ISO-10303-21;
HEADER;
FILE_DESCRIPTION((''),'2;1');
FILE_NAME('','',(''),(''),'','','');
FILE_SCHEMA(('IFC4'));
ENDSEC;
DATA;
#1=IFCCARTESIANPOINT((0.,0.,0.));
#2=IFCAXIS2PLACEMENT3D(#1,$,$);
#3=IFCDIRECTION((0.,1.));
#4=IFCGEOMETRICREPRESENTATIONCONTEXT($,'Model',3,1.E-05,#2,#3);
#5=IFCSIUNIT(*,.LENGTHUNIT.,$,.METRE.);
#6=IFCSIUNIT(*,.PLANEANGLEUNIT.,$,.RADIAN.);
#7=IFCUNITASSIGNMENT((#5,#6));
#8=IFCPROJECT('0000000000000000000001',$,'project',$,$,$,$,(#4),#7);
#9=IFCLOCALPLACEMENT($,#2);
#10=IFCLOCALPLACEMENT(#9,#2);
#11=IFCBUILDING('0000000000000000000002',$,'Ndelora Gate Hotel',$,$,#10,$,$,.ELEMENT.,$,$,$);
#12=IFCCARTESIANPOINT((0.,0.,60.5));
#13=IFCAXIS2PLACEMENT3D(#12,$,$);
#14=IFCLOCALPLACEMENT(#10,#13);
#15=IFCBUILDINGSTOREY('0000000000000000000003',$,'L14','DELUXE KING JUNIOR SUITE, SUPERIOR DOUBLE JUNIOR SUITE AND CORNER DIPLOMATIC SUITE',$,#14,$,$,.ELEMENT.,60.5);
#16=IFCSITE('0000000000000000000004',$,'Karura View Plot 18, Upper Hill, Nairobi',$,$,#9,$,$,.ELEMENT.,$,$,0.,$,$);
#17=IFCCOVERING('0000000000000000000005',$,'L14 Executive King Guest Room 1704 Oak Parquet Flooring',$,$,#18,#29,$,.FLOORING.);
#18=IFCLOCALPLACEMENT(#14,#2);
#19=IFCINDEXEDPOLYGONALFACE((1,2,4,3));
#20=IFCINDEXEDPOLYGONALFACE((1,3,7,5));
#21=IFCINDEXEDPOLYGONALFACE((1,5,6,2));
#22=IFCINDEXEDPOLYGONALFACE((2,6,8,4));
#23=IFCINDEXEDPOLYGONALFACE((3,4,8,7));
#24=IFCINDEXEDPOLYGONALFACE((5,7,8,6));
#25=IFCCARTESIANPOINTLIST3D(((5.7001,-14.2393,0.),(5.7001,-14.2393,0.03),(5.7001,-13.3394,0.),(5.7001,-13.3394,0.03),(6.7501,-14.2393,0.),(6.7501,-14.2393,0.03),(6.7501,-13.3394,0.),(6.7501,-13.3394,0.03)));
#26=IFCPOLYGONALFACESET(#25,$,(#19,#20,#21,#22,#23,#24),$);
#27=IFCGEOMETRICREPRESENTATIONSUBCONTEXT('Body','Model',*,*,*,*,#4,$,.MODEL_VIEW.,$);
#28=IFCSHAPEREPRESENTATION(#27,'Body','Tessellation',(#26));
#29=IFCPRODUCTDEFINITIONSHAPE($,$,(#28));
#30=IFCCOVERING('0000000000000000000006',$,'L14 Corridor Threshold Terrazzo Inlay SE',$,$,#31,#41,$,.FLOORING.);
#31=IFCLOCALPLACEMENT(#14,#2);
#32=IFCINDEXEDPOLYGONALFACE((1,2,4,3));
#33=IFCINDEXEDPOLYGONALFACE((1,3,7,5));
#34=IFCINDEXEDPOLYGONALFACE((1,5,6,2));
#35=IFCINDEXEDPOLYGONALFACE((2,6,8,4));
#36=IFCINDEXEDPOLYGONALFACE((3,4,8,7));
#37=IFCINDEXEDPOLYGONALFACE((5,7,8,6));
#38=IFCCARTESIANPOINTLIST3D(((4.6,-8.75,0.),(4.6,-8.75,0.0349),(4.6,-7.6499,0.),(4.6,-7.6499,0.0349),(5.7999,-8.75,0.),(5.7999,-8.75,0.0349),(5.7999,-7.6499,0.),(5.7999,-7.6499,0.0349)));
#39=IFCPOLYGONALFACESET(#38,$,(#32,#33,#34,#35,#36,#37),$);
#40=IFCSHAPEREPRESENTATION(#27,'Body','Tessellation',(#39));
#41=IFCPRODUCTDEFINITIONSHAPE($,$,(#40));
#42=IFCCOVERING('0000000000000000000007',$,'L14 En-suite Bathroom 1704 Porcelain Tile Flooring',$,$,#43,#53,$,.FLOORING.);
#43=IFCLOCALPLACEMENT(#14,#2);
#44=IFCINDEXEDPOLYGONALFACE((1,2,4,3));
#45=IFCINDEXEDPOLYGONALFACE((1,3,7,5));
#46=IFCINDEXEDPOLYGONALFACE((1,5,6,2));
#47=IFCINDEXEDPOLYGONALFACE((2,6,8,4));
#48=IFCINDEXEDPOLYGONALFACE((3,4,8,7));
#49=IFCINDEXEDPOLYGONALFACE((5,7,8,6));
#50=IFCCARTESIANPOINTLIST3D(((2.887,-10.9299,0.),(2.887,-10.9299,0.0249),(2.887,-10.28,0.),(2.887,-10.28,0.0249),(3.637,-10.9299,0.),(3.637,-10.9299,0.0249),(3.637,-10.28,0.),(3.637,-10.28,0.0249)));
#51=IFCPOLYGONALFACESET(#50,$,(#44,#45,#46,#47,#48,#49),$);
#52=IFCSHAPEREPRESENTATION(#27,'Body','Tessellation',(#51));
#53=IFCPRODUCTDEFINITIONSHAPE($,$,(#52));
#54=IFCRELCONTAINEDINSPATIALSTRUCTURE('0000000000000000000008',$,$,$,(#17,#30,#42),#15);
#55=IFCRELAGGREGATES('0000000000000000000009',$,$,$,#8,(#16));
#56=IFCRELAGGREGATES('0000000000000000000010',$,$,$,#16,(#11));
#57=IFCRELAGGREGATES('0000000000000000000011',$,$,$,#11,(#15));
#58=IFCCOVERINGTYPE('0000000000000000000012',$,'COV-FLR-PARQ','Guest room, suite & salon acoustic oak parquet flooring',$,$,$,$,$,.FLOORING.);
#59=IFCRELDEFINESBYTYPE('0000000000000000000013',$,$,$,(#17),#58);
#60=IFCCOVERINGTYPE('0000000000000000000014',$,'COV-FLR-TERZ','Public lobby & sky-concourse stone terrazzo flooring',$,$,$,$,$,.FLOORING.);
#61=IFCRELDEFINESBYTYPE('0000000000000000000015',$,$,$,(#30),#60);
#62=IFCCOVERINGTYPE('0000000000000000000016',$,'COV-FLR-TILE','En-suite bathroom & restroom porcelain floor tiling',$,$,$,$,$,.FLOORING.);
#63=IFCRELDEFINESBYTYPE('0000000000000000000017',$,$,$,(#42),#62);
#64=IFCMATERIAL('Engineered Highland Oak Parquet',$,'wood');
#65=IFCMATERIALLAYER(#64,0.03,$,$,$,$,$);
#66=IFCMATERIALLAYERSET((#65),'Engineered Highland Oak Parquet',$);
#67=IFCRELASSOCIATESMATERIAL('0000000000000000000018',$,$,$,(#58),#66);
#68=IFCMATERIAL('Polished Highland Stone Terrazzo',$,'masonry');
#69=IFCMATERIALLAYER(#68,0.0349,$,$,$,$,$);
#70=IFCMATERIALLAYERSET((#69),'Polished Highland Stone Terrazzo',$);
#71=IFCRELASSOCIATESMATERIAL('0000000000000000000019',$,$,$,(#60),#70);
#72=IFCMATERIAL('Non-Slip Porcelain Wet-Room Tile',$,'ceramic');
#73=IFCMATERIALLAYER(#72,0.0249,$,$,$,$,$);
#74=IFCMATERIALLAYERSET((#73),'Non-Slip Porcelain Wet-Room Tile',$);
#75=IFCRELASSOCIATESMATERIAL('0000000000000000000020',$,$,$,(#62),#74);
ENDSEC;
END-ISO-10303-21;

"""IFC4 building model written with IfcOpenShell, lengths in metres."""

from ifc_helpers import new_model, si_unit, direction, frame, origin, origin_2d, place, context, subcontext, project, spatial, rectangle, extrude, material, layer, layer_set, type_object, element, save


model = new_model("IFC4")

# Units and contexts
model_context = context("Model", 3, precision=1e-05, world=origin(), true_north=direction((0.0, 1.0)))
body_context = subcontext(model_context, "Body", "Model", "MODEL_VIEW")
ifc_project = project(units=[si_unit("LENGTHUNIT", "METRE"), si_unit("PLANEANGLEUNIT", "RADIAN")], contexts=[model_context])

# Site, building, storey
site_placement = place(None, origin())
site = spatial("IfcSite", under=ifc_project, at=site_placement, Name="Karura View Plot 18, Upper Hill, Nairobi", CompositionType="ELEMENT", RefElevation=0.0)
building_placement = place(site_placement, origin())
building = spatial("IfcBuilding", under=site, at=building_placement, Name="Ndelora Gate Hotel", CompositionType="ELEMENT")
storey_placement = place(building_placement, frame((0.0, 0.0, 60.5)))
storey = spatial("IfcBuildingStorey", under=building, at=storey_placement, Name="L14", Description="DELUXE KING JUNIOR SUITE, SUPERIOR DOUBLE JUNIOR SUITE AND CORNER DIPLOMATIC SUITE", CompositionType="ELEMENT", Elevation=60.5)

# Coverings
ifc_material_1 = material(Name="Engineered Highland Oak Parquet", Category="wood")
ifc_layer_1 = layer(ifc_material_1, 0.03)
ifc_layer_set_1 = layer_set([ifc_layer_1], Name="Engineered Highland Oak Parquet")
covering_type_1 = type_object("IfcCoveringType", Name="COV-FLR-PARQ", Description="Guest room, suite & salon acoustic oak parquet flooring", PredefinedType="FLOORING", material=ifc_layer_set_1)
for number, where, z_axis, x_axis, name in (
    (1, (6.2251, -13.7893, 0.0), (0.0, 0.0, 1.0), (1.0, 0.0, 0.0), "L14 Executive King Guest Room 1704 Oak Parquet Flooring"),
):
    element("IfcCovering", number, at=place(storey_placement, frame(where, z_axis=z_axis, x_axis=x_axis)), inside=storey, type_object=covering_type_1, Name=name, PredefinedType="FLOORING", context=body_context, shape_type="SweptSolid", body=[
        extrude(rectangle(XDim=1.05, YDim=0.8999, at=origin_2d()), origin(), (0.0, 0.0, 1.0), 0.03),
    ])
ifc_material_2 = material(Name="Polished Highland Stone Terrazzo", Category="masonry")
ifc_layer_2 = layer(ifc_material_2, 0.0349)
ifc_layer_set_2 = layer_set([ifc_layer_2], Name="Polished Highland Stone Terrazzo")
covering_type_2 = type_object("IfcCoveringType", Name="COV-FLR-TERZ", Description="Public lobby & sky-concourse stone terrazzo flooring", PredefinedType="FLOORING", material=ifc_layer_set_2)
covering_1_placement = place(storey_placement, frame((5.2, -8.2, 0.0), z_axis=(0.0, 0.0, 1.0), x_axis=(1.0, 0.0, 0.0)))
element("IfcCovering", 2, at=covering_1_placement, inside=storey, type_object=covering_type_2, Name="L14 Corridor Threshold Terrazzo Inlay SE", PredefinedType="FLOORING", context=body_context, shape_type="SweptSolid", body=[
    extrude(rectangle(XDim=1.2, YDim=1.1001, at=origin_2d()), origin(), (0.0, 0.0, 1.0), 0.0349),
])
ifc_material_3 = material(Name="Non-Slip Porcelain Wet-Room Tile", Category="ceramic")
ifc_layer_3 = layer(ifc_material_3, 0.0249)
ifc_layer_set_3 = layer_set([ifc_layer_3], Name="Non-Slip Porcelain Wet-Room Tile")
covering_type_3 = type_object("IfcCoveringType", Name="COV-FLR-TILE", Description="En-suite bathroom & restroom porcelain floor tiling", PredefinedType="FLOORING", material=ifc_layer_set_3)
covering_2_placement = place(storey_placement, frame((3.262, -10.605, 0.0), z_axis=(0.0, 0.0, 1.0), x_axis=(1.0, 0.0, 0.0)))
element("IfcCovering", 3, at=covering_2_placement, inside=storey, type_object=covering_type_3, Name="L14 En-suite Bathroom 1704 Porcelain Tile Flooring", PredefinedType="FLOORING", context=body_context, shape_type="SweptSolid", body=[
    extrude(rectangle(XDim=0.75, YDim=0.6499, at=origin_2d()), origin(), (0.0, 0.0, 1.0), 0.0249),
])

save(model, "model.ifc")
